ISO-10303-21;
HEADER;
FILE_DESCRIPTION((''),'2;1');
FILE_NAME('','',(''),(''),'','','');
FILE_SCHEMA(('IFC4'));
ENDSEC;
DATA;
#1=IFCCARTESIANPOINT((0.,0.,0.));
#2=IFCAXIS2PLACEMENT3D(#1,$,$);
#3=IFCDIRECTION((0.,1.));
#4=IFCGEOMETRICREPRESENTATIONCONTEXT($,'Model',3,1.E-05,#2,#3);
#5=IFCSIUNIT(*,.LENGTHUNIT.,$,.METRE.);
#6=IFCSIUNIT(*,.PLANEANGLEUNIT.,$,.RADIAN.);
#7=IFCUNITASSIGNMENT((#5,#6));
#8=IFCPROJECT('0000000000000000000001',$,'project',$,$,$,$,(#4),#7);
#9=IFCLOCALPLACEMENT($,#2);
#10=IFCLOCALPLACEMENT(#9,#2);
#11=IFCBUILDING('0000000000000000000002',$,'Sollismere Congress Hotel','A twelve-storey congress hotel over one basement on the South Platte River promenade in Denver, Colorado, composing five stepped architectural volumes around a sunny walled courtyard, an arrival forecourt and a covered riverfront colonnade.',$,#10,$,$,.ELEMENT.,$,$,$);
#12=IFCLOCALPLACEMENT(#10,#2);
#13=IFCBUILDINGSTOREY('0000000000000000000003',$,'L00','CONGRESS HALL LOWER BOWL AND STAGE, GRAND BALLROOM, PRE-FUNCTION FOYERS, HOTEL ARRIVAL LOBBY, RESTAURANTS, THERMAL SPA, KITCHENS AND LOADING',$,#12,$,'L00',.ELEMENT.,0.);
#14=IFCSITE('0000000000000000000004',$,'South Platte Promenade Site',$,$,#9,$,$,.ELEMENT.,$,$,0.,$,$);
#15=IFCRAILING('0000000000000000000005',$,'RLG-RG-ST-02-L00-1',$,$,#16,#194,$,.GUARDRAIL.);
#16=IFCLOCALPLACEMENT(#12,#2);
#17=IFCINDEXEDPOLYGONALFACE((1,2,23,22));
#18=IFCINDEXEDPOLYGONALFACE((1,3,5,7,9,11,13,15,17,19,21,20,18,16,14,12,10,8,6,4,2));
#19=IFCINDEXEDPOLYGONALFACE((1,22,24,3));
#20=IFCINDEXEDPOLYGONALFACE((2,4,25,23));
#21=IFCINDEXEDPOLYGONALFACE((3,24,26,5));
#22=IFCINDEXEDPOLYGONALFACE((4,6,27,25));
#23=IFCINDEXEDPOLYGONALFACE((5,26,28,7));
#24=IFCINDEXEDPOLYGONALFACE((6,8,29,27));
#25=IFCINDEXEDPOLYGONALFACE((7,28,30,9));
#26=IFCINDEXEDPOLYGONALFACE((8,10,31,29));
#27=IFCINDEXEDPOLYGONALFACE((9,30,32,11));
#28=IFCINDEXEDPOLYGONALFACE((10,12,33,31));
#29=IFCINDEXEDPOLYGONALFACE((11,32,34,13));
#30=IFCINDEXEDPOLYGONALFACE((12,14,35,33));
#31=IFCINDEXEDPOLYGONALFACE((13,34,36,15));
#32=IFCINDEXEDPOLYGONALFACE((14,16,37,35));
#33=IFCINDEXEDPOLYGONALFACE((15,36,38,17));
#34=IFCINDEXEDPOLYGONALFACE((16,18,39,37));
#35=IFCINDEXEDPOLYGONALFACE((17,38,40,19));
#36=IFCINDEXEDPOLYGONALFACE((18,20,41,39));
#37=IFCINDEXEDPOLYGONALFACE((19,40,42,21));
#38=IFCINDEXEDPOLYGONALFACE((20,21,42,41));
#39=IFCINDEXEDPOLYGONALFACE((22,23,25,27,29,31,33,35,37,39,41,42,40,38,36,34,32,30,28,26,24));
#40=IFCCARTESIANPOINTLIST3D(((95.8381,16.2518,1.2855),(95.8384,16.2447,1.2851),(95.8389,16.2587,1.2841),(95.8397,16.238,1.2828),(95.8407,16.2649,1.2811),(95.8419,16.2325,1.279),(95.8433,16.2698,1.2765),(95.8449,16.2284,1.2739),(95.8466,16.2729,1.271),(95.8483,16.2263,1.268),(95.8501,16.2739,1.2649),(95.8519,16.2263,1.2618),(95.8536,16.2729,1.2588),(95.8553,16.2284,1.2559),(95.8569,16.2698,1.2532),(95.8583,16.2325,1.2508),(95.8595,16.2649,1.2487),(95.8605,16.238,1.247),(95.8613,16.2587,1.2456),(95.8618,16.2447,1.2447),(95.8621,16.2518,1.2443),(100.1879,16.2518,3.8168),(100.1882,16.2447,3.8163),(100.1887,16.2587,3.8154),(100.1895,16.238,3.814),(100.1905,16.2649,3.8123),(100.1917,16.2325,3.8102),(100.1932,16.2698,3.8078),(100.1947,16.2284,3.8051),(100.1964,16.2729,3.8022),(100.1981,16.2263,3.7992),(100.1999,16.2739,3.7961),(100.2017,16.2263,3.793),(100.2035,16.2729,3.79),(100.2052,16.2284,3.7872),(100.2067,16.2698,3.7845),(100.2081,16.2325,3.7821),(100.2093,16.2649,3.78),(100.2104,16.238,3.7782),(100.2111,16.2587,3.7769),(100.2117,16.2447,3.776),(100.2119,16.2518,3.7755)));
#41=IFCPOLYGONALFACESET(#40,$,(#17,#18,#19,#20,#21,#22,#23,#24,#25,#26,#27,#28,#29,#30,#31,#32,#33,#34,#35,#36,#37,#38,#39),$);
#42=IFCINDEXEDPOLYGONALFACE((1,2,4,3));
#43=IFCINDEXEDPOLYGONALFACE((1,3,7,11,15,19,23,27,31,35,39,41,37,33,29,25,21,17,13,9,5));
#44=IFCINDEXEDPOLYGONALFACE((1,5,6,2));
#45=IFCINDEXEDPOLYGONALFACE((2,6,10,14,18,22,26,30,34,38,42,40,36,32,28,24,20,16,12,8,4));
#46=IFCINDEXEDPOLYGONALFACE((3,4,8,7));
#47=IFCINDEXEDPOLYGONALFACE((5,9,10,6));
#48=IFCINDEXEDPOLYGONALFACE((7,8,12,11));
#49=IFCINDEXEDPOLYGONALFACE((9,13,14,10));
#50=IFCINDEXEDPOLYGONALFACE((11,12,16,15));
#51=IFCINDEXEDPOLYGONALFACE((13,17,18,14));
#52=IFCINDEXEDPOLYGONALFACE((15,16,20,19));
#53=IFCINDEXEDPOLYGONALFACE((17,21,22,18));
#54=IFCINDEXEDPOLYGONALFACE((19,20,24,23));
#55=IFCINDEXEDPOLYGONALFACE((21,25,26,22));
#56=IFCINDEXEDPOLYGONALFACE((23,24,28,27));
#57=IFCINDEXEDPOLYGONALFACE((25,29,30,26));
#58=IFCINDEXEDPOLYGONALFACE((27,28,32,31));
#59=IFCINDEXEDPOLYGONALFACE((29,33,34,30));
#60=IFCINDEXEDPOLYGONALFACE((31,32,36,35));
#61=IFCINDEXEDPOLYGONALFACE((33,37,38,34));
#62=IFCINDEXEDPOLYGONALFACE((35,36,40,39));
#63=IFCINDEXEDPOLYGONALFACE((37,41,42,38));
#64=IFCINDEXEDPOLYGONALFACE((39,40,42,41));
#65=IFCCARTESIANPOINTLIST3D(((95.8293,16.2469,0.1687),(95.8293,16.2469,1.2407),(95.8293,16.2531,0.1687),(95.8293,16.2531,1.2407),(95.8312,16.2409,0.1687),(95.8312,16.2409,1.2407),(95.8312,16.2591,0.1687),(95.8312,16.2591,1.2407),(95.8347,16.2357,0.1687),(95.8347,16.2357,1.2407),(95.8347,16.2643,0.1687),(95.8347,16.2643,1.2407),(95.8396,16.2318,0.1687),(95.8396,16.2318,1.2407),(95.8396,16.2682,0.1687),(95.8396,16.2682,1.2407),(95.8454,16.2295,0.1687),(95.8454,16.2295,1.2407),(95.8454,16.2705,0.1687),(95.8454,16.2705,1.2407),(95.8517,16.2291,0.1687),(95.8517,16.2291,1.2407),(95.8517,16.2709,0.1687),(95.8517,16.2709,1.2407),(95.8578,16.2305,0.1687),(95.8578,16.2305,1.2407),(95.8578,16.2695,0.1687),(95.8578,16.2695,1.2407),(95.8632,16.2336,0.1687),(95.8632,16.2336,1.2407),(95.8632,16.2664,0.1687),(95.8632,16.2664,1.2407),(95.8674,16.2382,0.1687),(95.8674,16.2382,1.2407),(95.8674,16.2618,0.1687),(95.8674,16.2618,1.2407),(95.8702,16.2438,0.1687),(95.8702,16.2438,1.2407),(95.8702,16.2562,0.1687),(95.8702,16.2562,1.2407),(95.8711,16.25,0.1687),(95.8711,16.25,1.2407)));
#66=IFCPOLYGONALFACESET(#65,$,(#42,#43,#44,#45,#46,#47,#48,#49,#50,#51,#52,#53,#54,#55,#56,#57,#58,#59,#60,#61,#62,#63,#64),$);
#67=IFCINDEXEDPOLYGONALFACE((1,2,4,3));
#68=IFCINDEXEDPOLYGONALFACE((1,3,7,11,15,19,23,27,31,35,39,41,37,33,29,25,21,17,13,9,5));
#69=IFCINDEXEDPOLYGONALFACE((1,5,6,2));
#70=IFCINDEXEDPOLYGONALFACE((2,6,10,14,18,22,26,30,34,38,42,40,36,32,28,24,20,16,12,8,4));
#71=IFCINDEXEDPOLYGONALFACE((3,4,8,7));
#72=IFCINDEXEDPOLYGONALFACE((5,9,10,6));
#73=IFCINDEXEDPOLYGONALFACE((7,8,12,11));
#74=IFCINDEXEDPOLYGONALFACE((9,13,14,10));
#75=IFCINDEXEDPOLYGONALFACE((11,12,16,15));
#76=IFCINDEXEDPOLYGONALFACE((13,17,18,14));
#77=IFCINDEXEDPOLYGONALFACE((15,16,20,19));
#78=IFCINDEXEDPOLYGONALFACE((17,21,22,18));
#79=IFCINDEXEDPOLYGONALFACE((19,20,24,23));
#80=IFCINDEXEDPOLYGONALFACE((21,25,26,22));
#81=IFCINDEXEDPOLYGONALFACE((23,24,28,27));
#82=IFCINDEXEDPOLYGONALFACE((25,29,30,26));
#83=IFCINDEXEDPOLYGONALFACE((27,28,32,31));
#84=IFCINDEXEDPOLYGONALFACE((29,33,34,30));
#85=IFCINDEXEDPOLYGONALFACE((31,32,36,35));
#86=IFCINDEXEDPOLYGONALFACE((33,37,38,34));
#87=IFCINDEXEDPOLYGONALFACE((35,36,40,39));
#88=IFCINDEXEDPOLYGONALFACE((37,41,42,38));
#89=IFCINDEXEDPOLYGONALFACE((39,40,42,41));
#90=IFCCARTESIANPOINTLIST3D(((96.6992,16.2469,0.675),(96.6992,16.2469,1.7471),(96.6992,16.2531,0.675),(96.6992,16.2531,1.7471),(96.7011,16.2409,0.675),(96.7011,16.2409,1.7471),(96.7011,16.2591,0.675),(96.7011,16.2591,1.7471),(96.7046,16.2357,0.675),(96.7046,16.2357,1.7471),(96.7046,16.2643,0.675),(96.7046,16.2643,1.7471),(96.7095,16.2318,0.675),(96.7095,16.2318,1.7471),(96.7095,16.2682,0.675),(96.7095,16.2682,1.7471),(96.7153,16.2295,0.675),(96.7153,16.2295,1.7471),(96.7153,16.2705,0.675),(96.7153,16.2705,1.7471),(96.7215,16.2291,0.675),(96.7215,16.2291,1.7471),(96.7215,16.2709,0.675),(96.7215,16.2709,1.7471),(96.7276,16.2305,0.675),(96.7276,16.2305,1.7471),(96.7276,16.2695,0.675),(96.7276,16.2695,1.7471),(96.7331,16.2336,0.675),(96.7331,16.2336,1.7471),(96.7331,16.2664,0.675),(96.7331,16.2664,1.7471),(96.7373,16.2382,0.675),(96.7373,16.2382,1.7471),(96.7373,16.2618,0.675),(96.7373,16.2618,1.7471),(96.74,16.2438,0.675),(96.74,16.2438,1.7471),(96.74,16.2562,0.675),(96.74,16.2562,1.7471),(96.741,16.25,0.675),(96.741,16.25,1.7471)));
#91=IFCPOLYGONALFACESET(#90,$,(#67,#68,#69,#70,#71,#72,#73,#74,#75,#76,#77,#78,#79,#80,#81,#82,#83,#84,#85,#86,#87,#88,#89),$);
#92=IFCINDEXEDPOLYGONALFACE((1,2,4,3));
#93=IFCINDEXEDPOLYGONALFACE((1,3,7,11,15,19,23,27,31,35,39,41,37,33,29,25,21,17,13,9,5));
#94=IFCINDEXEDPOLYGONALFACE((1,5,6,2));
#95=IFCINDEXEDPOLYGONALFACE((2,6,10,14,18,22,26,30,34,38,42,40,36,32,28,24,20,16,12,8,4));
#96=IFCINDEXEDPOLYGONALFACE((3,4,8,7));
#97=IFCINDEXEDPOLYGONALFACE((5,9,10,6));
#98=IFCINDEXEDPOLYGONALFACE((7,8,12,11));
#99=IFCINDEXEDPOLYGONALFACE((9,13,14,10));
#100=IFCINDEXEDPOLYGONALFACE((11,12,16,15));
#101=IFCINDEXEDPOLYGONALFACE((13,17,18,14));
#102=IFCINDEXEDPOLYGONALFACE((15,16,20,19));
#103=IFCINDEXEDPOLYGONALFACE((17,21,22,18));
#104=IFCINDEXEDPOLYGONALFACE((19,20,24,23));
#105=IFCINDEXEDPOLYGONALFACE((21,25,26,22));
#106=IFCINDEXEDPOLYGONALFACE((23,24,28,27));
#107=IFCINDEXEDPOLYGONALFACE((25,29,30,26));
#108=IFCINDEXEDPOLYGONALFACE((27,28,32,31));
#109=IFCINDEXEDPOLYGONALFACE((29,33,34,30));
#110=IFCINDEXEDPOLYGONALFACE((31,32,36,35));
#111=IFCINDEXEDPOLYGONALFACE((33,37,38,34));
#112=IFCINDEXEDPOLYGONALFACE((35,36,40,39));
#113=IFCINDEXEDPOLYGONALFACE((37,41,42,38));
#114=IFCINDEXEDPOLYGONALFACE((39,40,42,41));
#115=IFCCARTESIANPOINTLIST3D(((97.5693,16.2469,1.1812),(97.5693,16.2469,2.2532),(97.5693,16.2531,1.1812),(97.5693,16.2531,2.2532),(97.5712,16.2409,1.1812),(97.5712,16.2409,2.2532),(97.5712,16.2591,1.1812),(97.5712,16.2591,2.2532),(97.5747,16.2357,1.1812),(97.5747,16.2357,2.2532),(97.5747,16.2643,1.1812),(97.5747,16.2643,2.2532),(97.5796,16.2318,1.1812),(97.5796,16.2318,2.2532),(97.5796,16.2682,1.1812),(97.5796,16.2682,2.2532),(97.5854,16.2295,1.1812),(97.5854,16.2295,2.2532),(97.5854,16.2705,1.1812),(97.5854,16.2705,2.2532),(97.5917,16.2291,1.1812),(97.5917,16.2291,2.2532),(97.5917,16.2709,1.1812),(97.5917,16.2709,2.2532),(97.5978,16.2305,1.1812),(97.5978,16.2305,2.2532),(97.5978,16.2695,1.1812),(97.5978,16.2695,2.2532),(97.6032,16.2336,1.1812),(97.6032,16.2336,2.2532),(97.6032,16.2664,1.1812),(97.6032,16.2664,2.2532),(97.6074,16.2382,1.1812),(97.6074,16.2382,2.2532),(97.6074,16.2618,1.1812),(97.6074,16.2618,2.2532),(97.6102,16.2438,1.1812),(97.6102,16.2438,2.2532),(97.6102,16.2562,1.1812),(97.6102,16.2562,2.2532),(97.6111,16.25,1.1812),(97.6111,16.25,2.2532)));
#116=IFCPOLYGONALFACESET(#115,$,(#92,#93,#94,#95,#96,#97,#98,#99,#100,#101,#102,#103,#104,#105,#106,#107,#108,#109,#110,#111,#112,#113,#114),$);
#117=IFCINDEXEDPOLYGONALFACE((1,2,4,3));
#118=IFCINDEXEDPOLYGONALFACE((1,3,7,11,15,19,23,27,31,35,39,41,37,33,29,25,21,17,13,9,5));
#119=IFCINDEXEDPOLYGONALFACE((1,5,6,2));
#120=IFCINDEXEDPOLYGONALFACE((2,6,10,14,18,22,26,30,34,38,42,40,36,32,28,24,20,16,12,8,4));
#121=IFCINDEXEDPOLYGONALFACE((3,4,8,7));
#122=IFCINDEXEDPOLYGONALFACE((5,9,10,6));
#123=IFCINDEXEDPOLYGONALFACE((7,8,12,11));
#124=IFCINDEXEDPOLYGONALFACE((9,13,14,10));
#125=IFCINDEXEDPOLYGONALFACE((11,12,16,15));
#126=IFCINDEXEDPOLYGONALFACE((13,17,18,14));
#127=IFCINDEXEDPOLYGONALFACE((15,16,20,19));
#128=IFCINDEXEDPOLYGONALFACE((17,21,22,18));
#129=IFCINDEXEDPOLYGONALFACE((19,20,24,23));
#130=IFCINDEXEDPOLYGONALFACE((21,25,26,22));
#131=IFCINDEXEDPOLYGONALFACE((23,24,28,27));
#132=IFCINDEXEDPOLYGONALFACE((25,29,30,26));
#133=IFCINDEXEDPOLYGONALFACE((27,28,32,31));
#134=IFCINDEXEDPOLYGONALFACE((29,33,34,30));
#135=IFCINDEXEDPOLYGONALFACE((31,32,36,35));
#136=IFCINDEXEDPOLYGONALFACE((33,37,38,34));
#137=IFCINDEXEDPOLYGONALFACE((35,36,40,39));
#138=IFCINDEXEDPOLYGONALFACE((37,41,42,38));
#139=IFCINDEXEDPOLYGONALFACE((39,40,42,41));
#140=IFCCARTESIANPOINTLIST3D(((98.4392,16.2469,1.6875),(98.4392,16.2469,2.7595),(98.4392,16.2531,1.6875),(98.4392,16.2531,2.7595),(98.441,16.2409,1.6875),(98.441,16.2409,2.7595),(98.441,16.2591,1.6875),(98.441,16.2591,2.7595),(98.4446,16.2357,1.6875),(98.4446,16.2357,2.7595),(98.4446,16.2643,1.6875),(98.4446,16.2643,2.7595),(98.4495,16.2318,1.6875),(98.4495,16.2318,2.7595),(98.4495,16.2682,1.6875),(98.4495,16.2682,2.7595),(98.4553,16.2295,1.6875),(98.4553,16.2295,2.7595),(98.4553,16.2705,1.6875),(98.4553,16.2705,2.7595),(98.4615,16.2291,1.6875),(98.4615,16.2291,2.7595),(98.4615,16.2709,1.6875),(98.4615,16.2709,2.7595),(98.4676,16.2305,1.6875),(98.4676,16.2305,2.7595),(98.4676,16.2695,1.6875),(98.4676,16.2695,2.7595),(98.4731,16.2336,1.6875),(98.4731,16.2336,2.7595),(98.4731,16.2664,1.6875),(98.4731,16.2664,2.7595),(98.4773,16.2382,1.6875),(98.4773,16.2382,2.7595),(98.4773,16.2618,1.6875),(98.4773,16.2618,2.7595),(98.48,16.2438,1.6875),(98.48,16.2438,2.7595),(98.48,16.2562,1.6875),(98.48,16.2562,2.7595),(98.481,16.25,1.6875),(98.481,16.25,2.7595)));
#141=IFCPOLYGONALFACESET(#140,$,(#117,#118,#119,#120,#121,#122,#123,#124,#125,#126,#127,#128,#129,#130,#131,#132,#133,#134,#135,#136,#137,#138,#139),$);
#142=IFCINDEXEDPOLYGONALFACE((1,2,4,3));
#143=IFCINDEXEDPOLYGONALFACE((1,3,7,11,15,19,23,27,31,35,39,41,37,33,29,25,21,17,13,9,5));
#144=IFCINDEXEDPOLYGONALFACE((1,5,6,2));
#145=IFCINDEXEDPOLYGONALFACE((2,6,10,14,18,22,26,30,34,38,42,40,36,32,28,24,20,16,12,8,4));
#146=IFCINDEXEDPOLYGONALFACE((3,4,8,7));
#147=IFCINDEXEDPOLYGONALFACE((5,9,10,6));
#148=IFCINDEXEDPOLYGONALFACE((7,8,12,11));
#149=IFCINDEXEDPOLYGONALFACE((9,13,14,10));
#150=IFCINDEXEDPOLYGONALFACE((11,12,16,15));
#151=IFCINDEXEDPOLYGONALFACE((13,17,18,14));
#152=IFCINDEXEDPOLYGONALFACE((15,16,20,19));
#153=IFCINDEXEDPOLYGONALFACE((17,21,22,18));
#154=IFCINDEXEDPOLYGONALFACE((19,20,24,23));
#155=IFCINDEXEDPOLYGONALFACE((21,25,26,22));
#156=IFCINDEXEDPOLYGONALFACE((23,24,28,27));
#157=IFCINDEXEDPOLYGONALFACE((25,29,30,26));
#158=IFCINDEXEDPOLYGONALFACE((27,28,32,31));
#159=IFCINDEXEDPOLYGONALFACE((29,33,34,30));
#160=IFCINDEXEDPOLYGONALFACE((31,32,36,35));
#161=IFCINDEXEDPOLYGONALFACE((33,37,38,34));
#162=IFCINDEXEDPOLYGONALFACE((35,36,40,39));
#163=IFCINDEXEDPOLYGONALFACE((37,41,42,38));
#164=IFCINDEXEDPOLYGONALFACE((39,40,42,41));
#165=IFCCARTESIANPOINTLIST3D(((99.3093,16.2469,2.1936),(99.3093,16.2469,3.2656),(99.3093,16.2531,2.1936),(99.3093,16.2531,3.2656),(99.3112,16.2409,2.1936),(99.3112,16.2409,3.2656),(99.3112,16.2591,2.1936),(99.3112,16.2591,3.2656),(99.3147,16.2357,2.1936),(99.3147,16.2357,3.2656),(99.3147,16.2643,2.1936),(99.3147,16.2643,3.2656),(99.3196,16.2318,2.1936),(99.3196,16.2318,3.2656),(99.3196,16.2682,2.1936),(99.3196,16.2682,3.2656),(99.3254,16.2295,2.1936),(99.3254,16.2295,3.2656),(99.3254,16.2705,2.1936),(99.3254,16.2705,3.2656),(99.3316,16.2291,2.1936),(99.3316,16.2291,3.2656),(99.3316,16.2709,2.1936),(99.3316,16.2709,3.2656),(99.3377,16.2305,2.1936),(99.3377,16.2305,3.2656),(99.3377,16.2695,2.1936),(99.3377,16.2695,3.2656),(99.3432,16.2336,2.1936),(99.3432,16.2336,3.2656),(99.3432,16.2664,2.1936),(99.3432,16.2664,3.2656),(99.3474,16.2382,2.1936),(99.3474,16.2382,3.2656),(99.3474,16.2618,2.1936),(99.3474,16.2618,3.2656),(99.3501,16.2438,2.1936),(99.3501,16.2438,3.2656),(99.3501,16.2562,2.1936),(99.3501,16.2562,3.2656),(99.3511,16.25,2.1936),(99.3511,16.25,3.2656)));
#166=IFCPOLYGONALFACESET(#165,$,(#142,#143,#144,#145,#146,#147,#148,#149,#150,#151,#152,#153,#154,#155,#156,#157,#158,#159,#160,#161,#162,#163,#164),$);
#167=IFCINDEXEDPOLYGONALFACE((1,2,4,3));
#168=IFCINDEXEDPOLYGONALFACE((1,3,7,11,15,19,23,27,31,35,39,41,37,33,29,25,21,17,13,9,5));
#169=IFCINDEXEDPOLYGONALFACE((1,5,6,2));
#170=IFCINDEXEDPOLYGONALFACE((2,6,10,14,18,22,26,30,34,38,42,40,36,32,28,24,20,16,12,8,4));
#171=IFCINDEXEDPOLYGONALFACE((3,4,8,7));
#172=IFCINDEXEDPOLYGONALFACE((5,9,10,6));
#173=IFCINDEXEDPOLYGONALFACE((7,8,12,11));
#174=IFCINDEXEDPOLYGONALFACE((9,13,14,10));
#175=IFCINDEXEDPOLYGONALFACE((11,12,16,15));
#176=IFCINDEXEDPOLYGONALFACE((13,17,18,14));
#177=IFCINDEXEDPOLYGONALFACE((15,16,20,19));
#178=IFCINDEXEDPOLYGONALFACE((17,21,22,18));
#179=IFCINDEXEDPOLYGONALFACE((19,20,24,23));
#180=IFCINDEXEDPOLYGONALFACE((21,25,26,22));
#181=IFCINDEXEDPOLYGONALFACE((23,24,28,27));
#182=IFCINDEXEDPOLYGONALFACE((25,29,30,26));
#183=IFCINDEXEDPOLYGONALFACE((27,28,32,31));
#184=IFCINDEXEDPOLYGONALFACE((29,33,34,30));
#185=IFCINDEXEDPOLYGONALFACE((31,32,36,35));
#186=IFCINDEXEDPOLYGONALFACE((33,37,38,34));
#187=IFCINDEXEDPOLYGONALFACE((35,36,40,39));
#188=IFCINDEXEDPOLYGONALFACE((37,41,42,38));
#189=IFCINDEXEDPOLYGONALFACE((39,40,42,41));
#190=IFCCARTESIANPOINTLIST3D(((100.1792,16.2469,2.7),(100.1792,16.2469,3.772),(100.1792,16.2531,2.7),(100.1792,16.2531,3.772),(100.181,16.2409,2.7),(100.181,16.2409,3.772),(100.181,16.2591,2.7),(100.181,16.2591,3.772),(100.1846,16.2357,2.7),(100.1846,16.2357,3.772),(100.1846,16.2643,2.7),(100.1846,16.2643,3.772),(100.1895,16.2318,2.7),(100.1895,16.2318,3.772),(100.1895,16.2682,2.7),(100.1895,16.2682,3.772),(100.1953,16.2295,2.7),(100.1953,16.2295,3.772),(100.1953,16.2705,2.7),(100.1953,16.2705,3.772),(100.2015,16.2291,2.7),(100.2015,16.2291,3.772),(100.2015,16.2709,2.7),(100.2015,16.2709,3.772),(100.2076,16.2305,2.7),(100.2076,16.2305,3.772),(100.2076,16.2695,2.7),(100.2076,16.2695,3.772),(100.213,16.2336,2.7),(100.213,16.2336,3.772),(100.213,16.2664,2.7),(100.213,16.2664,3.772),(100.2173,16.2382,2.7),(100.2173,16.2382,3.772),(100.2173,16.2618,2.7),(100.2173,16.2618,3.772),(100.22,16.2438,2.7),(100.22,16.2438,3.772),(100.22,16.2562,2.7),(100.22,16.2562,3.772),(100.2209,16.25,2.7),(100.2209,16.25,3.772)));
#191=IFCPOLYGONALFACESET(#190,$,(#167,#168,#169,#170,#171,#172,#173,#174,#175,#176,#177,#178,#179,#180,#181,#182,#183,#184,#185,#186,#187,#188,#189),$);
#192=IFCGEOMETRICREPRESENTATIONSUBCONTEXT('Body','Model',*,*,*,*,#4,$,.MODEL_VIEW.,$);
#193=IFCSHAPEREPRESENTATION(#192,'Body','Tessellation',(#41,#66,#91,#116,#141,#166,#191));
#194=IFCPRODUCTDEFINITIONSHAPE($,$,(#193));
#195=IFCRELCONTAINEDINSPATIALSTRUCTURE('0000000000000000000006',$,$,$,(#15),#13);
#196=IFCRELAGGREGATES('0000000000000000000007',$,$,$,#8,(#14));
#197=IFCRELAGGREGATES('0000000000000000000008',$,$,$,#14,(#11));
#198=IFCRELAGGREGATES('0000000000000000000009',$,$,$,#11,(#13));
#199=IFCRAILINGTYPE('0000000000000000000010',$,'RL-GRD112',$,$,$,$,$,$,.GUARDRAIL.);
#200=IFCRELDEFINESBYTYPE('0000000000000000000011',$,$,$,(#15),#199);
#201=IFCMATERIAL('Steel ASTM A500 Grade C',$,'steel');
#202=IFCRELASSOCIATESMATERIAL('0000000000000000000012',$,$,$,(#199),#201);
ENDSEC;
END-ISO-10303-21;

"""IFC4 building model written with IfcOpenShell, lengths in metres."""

from ifc_helpers import new_model, si_unit, direction, frame, origin, origin_2d, place, context, subcontext, project, spatial, circle, extrude, material, type_object, element, save


model = new_model("IFC4")

# Units and contexts
model_context = context("Model", 3, precision=1e-05, world=origin(), true_north=direction((0.0, 1.0)))
body_context = subcontext(model_context, "Body", "Model", "MODEL_VIEW")
ifc_project = project(units=[si_unit("LENGTHUNIT", "METRE"), si_unit("PLANEANGLEUNIT", "RADIAN")], contexts=[model_context])

# Site, building, storey
site_placement = place(None, origin())
site = spatial("IfcSite", under=ifc_project, at=site_placement, Name="South Platte Promenade Site", CompositionType="ELEMENT", RefElevation=0.0)
building_placement = place(site_placement, origin())
building = spatial("IfcBuilding", under=site, at=building_placement, Name="Sollismere Congress Hotel", Description="A twelve-storey congress hotel over one basement on the South Platte River promenade in Denver, Colorado, composing five stepped architectural volumes around a sunny walled courtyard, an arrival forecourt and a covered riverfront colonnade.", CompositionType="ELEMENT")
storey_placement = place(building_placement, origin())
storey = spatial("IfcBuildingStorey", under=building, at=storey_placement, Name="L00", Description="CONGRESS HALL LOWER BOWL AND STAGE, GRAND BALLROOM, PRE-FUNCTION FOYERS, HOTEL ARRIVAL LOBBY, RESTAURANTS, THERMAL SPA, KITCHENS AND LOADING", LongName="L00", CompositionType="ELEMENT", Elevation=0.0)

# Shared definitions
ifc_material_1 = material(Name="Steel ASTM A500 Grade C", Category="steel")

# Railing
railing_type_1 = type_object("IfcRailingType", Name="RL-GRD112", PredefinedType="GUARDRAIL", material=ifc_material_1)
railing_1_placement = place(storey_placement, frame((95.8501, 16.25, 0.1687)))
element("IfcRailing", 1, at=railing_1_placement, inside=storey, type_object=railing_type_1, Name="RLG-RG-ST-02-L00-1", PredefinedType="GUARDRAIL", context=body_context, shape_type="SweptSolid", body=[
    extrude(circle(Radius=0.0239, at=origin_2d()), frame((0.0, 0.0, 1.0962), z_axis=(0.864312, 0.0, 0.502957), x_axis=(0.0, 1.0, 0.0)), (0.0, 0.0, 1.0), 5.0327),
    extrude(circle(Radius=0.021, at=origin_2d()), origin(), (0.0, 0.0, 1.0), 1.072),
    extrude(circle(Radius=0.021, at=origin_2d()), frame((0.8699, 0.0, 0.5063)), (0.0, 0.0, 1.0), 1.072),
    extrude(circle(Radius=0.021, at=origin_2d()), frame((1.74, 0.0, 1.0125)), (0.0, 0.0, 1.0), 1.072),
    extrude(circle(Radius=0.021, at=origin_2d()), frame((2.6099, 0.0, 1.5188)), (0.0, 0.0, 1.0), 1.072),
    extrude(circle(Radius=0.021, at=origin_2d()), frame((3.48, 0.0, 2.0249)), (0.0, 0.0, 1.0), 1.072),
    extrude(circle(Radius=0.021, at=origin_2d()), frame((4.3499, 0.0, 2.5312)), (0.0, 0.0, 1.0), 1.072),
])

save(model, "model.ifc")
